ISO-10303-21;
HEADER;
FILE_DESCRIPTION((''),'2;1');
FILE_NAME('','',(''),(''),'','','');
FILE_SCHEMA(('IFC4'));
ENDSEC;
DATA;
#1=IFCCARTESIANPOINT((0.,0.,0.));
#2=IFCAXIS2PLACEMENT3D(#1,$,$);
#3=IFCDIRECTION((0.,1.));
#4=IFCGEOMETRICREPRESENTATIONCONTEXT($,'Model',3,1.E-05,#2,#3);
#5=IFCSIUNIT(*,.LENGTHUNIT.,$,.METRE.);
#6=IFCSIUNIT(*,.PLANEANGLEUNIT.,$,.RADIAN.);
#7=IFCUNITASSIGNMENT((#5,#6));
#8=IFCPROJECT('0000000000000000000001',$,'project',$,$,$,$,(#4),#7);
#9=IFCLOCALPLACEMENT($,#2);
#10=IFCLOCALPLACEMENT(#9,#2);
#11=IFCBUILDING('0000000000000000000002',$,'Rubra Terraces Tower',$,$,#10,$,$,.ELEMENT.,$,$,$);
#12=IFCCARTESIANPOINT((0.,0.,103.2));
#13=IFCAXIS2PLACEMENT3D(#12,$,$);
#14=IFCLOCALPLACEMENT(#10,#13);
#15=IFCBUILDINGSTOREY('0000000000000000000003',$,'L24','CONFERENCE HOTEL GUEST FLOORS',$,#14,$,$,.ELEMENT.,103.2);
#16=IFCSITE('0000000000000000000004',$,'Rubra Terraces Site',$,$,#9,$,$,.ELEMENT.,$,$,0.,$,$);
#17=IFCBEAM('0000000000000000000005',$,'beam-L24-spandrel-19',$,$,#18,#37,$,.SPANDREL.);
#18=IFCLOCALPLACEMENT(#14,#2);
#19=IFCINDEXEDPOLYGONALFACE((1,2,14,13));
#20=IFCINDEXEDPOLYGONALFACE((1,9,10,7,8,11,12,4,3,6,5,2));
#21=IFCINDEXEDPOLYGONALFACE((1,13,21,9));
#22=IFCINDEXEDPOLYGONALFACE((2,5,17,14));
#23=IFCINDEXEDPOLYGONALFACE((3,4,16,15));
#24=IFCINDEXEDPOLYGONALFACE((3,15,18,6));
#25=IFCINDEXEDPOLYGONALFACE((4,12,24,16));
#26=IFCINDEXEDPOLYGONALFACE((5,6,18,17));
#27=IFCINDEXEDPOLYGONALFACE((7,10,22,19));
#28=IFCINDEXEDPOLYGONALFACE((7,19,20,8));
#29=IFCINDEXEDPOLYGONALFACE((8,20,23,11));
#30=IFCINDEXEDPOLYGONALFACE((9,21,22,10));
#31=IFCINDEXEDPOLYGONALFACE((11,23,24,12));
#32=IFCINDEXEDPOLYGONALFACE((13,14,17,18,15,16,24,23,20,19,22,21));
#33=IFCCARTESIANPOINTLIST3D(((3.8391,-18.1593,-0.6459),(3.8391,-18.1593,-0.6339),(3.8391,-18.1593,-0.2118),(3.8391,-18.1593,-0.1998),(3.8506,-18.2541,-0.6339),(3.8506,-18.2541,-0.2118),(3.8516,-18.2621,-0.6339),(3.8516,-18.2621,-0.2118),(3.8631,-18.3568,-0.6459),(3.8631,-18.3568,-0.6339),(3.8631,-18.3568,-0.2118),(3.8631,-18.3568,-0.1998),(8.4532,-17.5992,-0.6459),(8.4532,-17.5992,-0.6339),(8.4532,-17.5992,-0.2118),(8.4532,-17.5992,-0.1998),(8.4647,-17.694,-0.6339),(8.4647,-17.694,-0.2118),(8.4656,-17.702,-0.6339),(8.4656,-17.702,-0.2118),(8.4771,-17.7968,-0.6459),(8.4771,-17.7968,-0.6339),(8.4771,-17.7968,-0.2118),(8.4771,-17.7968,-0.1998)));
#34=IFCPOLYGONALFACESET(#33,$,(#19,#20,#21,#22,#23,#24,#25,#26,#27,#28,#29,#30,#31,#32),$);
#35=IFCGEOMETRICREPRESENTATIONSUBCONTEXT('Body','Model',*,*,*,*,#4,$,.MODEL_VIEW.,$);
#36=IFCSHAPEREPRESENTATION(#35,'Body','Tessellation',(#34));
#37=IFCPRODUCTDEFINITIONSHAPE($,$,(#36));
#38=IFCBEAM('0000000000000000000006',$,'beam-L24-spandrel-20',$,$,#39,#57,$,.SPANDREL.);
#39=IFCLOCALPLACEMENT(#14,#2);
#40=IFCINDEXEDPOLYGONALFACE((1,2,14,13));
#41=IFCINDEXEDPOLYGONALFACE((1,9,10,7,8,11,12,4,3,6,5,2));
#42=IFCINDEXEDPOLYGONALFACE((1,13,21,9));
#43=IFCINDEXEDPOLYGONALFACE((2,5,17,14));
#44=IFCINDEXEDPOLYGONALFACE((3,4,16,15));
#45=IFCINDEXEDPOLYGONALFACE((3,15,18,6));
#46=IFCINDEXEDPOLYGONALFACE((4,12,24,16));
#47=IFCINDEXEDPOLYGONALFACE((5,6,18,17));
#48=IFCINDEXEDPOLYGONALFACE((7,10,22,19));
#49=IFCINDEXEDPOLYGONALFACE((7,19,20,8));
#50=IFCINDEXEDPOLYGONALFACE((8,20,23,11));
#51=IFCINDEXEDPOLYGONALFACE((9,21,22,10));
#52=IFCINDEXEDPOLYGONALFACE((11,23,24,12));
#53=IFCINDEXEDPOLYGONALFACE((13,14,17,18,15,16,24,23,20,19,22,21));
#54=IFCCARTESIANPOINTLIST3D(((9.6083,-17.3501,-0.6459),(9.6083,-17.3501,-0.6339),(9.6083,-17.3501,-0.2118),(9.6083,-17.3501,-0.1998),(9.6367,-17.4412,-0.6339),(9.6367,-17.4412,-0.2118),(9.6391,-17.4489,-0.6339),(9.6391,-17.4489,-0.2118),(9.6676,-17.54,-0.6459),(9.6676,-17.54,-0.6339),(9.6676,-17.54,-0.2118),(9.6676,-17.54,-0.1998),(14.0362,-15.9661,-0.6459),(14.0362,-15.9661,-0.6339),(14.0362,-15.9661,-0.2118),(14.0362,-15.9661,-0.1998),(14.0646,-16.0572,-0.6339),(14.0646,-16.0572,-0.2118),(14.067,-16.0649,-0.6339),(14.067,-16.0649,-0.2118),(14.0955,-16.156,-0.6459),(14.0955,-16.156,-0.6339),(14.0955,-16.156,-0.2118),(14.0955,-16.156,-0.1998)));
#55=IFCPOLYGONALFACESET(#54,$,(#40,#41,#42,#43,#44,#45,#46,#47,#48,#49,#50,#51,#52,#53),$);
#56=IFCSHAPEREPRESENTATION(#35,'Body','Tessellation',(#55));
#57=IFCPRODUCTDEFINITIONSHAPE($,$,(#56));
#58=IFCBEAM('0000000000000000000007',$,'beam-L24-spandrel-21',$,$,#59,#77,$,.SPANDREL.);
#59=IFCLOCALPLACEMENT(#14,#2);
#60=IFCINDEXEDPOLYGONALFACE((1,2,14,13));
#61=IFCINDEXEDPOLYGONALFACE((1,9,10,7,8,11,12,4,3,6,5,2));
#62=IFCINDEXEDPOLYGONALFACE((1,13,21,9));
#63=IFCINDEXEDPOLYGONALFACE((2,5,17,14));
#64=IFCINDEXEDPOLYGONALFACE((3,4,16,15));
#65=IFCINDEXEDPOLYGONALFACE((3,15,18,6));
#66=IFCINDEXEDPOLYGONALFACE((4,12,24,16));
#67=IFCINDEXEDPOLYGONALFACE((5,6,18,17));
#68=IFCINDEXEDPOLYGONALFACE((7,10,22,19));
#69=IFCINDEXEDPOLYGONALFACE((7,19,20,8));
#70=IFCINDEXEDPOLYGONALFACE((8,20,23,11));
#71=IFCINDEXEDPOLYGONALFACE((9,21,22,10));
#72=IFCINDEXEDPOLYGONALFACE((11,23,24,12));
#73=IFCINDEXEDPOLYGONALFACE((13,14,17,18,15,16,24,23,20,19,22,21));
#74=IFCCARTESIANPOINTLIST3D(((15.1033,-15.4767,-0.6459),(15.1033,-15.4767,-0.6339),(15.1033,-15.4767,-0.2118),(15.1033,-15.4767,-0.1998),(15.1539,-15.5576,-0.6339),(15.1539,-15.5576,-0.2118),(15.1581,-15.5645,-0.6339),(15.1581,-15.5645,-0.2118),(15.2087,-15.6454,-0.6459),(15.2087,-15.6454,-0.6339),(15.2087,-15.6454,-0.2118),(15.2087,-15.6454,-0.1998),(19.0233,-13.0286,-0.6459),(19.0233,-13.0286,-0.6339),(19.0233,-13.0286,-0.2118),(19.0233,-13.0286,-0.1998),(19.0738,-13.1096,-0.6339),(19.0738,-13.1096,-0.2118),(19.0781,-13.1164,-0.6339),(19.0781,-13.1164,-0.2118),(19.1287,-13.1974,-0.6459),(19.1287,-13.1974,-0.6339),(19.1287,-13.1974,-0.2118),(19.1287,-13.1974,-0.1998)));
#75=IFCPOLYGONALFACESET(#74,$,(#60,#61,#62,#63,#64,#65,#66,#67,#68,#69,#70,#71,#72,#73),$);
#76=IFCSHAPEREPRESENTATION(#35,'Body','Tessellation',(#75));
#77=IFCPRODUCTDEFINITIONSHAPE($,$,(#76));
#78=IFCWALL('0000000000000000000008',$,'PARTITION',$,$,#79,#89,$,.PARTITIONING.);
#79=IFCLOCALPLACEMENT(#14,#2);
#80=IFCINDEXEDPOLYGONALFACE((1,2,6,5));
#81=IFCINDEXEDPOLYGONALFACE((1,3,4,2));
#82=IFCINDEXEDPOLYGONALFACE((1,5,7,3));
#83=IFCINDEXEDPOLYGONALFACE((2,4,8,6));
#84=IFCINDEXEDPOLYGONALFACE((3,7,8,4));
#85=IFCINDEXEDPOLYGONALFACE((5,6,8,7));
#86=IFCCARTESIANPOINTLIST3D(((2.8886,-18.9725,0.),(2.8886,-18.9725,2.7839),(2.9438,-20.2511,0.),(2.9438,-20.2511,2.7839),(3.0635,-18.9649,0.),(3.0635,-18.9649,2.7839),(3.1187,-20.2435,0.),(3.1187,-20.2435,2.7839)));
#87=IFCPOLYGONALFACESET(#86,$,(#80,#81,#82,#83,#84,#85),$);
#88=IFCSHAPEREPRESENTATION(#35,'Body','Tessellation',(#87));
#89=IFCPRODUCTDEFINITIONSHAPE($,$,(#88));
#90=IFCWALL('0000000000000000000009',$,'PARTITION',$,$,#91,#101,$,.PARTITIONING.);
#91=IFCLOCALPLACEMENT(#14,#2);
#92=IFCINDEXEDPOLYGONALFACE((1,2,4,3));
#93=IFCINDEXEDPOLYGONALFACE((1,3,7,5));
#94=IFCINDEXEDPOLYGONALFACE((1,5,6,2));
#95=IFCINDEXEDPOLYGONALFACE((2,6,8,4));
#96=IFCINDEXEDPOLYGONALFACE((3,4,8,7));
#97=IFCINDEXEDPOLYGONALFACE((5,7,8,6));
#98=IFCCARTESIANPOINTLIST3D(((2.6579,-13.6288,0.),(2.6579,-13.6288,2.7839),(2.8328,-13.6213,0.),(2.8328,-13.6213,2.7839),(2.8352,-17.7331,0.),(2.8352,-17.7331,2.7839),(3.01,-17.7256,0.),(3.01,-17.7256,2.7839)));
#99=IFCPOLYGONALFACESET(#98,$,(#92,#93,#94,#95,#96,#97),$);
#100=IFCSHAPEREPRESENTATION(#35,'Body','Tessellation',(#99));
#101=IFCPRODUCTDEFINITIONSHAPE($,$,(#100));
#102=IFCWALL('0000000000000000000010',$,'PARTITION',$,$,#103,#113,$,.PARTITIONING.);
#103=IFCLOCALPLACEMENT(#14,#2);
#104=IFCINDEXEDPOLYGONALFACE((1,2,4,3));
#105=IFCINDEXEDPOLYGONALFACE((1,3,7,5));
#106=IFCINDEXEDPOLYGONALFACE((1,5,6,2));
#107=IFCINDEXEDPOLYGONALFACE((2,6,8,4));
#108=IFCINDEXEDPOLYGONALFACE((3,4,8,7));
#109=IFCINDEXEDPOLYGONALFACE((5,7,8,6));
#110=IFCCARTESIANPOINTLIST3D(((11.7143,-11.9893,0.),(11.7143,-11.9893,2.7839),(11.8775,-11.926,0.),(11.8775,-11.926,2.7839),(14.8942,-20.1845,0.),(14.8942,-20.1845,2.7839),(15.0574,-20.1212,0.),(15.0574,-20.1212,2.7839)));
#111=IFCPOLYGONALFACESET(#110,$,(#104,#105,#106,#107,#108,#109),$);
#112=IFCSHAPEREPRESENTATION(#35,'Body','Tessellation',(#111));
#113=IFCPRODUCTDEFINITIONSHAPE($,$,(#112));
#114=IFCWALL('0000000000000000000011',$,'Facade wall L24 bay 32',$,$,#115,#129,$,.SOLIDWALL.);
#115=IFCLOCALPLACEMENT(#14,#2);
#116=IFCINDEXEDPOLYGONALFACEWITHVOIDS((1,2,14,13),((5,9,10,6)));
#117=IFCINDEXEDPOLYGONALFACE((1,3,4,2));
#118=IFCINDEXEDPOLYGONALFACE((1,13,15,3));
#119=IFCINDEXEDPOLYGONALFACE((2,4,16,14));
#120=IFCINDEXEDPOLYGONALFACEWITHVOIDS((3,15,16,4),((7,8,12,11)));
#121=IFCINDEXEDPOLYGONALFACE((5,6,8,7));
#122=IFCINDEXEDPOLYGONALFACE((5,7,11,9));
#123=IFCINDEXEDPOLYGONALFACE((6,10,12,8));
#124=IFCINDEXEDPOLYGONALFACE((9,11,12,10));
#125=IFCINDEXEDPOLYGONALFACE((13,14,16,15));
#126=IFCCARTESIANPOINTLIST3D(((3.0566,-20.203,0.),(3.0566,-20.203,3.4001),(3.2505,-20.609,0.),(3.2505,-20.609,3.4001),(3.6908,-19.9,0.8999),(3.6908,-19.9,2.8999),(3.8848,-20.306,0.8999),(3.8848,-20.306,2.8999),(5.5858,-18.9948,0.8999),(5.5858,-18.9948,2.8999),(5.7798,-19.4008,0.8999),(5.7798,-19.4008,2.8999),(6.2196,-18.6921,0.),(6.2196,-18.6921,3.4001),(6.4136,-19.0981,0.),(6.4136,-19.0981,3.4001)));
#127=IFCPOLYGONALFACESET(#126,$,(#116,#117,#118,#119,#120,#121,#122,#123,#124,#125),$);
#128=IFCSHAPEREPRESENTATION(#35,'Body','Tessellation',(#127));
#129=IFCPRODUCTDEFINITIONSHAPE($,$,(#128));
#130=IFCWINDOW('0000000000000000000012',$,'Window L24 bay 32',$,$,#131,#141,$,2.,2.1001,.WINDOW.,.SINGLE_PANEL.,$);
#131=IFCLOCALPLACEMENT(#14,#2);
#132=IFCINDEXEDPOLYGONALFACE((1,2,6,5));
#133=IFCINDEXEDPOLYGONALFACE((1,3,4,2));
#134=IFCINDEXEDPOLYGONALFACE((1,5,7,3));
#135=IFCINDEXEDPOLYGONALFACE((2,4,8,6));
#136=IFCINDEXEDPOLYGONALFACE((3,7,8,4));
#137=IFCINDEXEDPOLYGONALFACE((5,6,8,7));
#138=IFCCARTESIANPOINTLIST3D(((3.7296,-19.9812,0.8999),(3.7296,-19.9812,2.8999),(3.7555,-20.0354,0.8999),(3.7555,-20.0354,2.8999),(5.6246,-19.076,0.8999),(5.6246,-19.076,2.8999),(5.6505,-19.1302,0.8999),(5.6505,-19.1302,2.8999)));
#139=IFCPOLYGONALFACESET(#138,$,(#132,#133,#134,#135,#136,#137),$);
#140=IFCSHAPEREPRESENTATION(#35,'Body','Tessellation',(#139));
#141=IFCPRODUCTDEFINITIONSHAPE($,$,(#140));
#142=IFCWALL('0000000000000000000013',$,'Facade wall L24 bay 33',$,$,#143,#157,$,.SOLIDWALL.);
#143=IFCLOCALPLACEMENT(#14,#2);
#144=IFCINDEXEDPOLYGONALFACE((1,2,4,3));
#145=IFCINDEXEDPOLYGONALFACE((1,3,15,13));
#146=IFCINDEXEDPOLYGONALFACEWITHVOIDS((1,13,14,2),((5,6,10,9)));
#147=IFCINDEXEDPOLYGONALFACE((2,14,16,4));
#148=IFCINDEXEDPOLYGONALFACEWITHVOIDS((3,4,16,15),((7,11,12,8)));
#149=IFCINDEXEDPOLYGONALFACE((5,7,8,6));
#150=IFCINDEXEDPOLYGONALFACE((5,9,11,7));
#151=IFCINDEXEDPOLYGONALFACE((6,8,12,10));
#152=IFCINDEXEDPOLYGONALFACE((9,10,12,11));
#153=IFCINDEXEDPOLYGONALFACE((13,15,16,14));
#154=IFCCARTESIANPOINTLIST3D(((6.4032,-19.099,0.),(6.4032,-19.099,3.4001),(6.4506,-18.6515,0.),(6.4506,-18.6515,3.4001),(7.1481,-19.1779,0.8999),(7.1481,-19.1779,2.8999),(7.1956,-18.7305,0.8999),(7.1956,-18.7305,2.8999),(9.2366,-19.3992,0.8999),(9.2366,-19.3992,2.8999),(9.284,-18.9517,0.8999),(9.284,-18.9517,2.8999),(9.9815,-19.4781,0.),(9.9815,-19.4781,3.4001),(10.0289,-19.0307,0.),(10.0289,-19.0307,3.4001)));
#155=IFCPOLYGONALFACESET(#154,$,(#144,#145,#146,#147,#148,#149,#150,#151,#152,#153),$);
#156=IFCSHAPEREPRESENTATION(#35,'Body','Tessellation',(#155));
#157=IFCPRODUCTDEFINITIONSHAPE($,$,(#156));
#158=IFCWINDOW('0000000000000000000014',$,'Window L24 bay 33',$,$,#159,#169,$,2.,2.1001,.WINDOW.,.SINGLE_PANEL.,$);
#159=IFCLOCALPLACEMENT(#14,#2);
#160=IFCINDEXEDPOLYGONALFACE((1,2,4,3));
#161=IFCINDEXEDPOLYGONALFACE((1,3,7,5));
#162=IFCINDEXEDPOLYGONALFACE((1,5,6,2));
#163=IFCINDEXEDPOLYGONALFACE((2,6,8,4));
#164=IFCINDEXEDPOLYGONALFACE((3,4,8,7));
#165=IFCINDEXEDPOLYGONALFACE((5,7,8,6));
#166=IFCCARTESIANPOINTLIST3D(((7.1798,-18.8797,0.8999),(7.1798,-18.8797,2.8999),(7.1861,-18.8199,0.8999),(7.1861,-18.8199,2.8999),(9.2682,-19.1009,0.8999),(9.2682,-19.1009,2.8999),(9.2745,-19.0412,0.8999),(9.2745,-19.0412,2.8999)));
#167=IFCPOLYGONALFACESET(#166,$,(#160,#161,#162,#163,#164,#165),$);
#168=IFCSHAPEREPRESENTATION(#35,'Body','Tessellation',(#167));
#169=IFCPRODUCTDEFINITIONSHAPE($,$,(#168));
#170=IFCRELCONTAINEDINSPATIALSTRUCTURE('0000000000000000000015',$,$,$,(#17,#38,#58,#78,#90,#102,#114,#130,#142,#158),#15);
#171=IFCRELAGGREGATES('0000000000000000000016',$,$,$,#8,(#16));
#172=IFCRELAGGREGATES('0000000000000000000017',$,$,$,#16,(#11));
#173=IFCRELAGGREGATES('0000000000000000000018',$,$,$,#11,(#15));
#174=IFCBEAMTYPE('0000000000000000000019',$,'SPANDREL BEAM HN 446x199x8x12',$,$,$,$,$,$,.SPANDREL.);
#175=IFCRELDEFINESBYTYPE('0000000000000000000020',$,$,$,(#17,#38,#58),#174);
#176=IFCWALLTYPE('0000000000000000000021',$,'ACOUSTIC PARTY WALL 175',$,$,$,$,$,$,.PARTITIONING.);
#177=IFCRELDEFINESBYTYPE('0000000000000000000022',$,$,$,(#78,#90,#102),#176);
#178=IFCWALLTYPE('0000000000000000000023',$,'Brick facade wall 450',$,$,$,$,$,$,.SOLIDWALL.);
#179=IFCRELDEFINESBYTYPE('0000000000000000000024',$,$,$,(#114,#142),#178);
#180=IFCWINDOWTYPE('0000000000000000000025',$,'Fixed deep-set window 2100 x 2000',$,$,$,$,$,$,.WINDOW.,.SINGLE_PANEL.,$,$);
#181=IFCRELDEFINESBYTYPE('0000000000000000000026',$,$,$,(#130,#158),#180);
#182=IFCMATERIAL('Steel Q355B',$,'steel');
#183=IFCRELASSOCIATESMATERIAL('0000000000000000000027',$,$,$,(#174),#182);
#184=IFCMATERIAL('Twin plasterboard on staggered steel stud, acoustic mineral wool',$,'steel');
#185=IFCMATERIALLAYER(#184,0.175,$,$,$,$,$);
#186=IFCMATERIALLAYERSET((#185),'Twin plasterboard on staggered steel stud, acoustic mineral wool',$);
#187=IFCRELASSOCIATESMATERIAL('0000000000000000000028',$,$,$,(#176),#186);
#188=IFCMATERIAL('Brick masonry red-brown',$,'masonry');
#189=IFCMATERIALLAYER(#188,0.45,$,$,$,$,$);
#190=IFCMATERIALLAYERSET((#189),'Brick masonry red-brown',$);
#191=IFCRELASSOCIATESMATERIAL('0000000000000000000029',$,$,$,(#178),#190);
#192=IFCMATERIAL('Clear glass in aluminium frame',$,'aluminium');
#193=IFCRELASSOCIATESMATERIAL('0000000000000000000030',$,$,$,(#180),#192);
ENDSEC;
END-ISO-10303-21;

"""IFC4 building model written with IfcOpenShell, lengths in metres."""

from ifc_helpers import new_model, si_unit, direction, frame, frame_2d, origin, origin_2d, place, context, subcontext, project, spatial, rectangle, i_section, extrude, material, layer, layer_set, material_profile, profile_set, type_object, element, fill, save


model = new_model("IFC4")

# Units and contexts
model_context = context("Model", 3, precision=1e-05, world=origin(), true_north=direction((0.0, 1.0)))
body_context = subcontext(model_context, "Body", "Model", "MODEL_VIEW")
ifc_project = project(units=[si_unit("LENGTHUNIT", "METRE"), si_unit("PLANEANGLEUNIT", "RADIAN")], contexts=[model_context])

# Site, building, storey
site_placement = place(None, origin())
site = spatial("IfcSite", under=ifc_project, at=site_placement, Name="Rubra Terraces Site", CompositionType="ELEMENT", RefElevation=0.0)
building_placement = place(site_placement, origin())
building = spatial("IfcBuilding", under=site, at=building_placement, Name="Rubra Terraces Tower", CompositionType="ELEMENT")
storey_placement = place(building_placement, frame((0.0, 0.0, 103.2)))
storey = spatial("IfcBuildingStorey", under=building, at=storey_placement, Name="L24", Description="CONFERENCE HOTEL GUEST FLOORS", CompositionType="ELEMENT", Elevation=103.2)

# Beams
ifc_material_1 = material(Name="Steel Q355B", Category="steel")
ifc_material_profile_1 = material_profile(ifc_material_1, i_section(OverallWidth=0.199, OverallDepth=0.446, WebThickness=0.0081, FlangeThickness=0.012, at=origin_2d()), Name="HN 446x199x8x12")
ifc_profile_set_1 = profile_set([ifc_material_profile_1], Name="Steel Q355B")
beam_type_1 = type_object("IfcBeamType", Name="SPANDREL BEAM HN 446x199x8x12", PredefinedType="SPANDREL", material=ifc_profile_set_1)
beam_1_placement = place(storey_placement, frame((3.8511, -18.2581, -0.4229), z_axis=(0.992714, 0.120498, 0.0), x_axis=(-0.120498, 0.992714, 0.0)))
element("IfcBeam", 1, at=beam_1_placement, inside=storey, type_object=beam_type_1, Name="beam-L24-spandrel-19", PredefinedType="SPANDREL", context=body_context, shape_type="SweptSolid", body=[
    extrude(i_section(OverallWidth=0.199, OverallDepth=0.446, WebThickness=0.0081, FlangeThickness=0.012, at=origin_2d()), origin(), (0.0, 0.0, 1.0), 4.6479),
])
beam_2_placement = place(storey_placement, frame((9.6379, -17.4451, -0.4229), z_axis=(0.954462, 0.298332, 0.0), x_axis=(-0.298332, 0.954462, 0.0)))
element("IfcBeam", 2, at=beam_2_placement, inside=storey, type_object=beam_type_1, Name="beam-L24-spandrel-20", PredefinedType="SPANDREL", context=body_context, shape_type="SweptSolid", body=[
    extrude(i_section(OverallWidth=0.199, OverallDepth=0.446, WebThickness=0.0081, FlangeThickness=0.012, at=origin_2d()), origin(), (0.0, 0.0, 1.0), 4.6392),
])
beam_3_placement = place(storey_placement, frame((15.156, -15.561, -0.4229), z_axis=(0.848188, 0.529695, 0.0), x_axis=(-0.529695, 0.848188, 0.0)))
element("IfcBeam", 3, at=beam_3_placement, inside=storey, type_object=beam_type_1, Name="beam-L24-spandrel-21", PredefinedType="SPANDREL", context=body_context, shape_type="SweptSolid", body=[
    extrude(i_section(OverallWidth=0.199, OverallDepth=0.446, WebThickness=0.0081, FlangeThickness=0.012, at=origin_2d()), origin(), (0.0, 0.0, 1.0), 4.6216),
])

# Walls
ifc_material_2 = material(Name="Twin plasterboard on staggered steel stud, acoustic mineral wool", Category="steel")
ifc_layer_1 = layer(ifc_material_2, 0.175)
ifc_layer_set_1 = layer_set([ifc_layer_1], Name="Twin plasterboard on staggered steel stud, acoustic mineral wool")
wall_type_1 = type_object("IfcWallType", Name="ACOUSTIC PARTY WALL 175", PredefinedType="PARTITIONING", material=ifc_layer_set_1)
wall_1_placement = place(storey_placement, frame((3.0312, -20.2473, 0.0), z_axis=(0.0, 0.0, 1.0), x_axis=(-0.043114, 0.99907, 0.0)))
element("IfcWall", 4, at=wall_1_placement, inside=storey, type_object=wall_type_1, Name="PARTITION", PredefinedType="PARTITIONING", context=body_context, shape_type="SweptSolid", body=[
    extrude(rectangle(XDim=1.2798, YDim=0.175, at=frame_2d((0.6399, 0.0))), origin(), (0.0, 0.0, 1.0), 2.7839),
])
wall_2_placement = place(storey_placement, frame((2.9226, -17.7295, 0.0), z_axis=(0.0, 0.0, 1.0), x_axis=(-0.043146, 0.999069, 0.0)))
element("IfcWall", 5, at=wall_2_placement, inside=storey, type_object=wall_type_1, Name="PARTITION", PredefinedType="PARTITIONING", context=body_context, shape_type="SweptSolid", body=[
    extrude(rectangle(XDim=4.1082, YDim=0.175, at=frame_2d((2.0542, 0.0))), origin(), (0.0, 0.0, 1.0), 2.7839),
])
wall_3_placement = place(storey_placement, frame((14.9758, -20.1528, 0.0), z_axis=(0.0, 0.0, 1.0), x_axis=(-0.361741, 0.932279, 0.0)))
element("IfcWall", 6, at=wall_3_placement, inside=storey, type_object=wall_type_1, Name="PARTITION", PredefinedType="PARTITIONING", context=body_context, shape_type="SweptSolid", body=[
    extrude(rectangle(XDim=8.7905, YDim=0.175, at=frame_2d((4.3953, 0.0))), origin(), (0.0, 0.0, 1.0), 2.7839),
])

# Walls, openings, windows
ifc_material_3 = material(Name="Brick masonry red-brown", Category="masonry")
ifc_layer_2 = layer(ifc_material_3, 0.45)
ifc_layer_set_2 = layer_set([ifc_layer_2], Name="Brick masonry red-brown")
wall_type_2 = type_object("IfcWallType", Name="Brick facade wall 450", PredefinedType="SOLIDWALL", material=ifc_layer_set_2)
wall_4_placement = place(storey_placement, frame((3.1536, -20.406, 0.0), z_axis=(0.0, 0.0, 1.0), x_axis=(0.902333, 0.431039, 0.0)))
wall_4 = element("IfcWall", 7, at=wall_4_placement, inside=storey, type_object=wall_type_2, Name="Facade wall L24 bay 32", PredefinedType="SOLIDWALL", context=body_context, shape_type="SweptSolid", body=[
    extrude(rectangle(XDim=3.5054, YDim=0.45, at=frame_2d((1.7527, 0.0))), origin(), (0.0, 0.0, 1.0), 3.4001),
])
opening_1_placement = place(wall_4_placement, frame((0.7029, 0.0, 0.8999)))
opening_1 = element("IfcOpeningElement", 8, at=opening_1_placement, cuts=wall_4, PredefinedType="OPENING", context=body_context, shape_type="SweptSolid", body=[
    extrude(rectangle(XDim=2.1001, YDim=2.0, at=frame_2d((1.05, 1.0))), frame((0.0, 0.2349, 0.0), z_axis=(0.0, -1.0, 0.0), x_axis=(1.0, 0.0, 0.0)), (0.0, 0.0, 1.0), 0.47),
])
ifc_material_4 = material(Name="Clear glass in aluminium frame", Category="aluminium")
window_type = type_object("IfcWindowType", Name="Fixed deep-set window 2100 x 2000", PartitioningType="SINGLE_PANEL", PredefinedType="WINDOW", material=ifc_material_4)
window_1_placement = place(opening_1_placement, origin())
window_1 = element("IfcWindow", 9, at=window_1_placement, inside=storey, type_object=window_type, Name="Window L24 bay 32", OverallHeight=2.0, OverallWidth=2.1001, PartitioningType="SINGLE_PANEL", PredefinedType="WINDOW", context=body_context, shape_type="SweptSolid", body=[
    extrude(rectangle(XDim=2.1001, YDim=2.0, at=frame_2d((1.05, 1.0))), frame((0.0, 0.135, 0.0), z_axis=(0.0, -1.0, 0.0), x_axis=(1.0, 0.0, 0.0)), (0.0, 0.0, 1.0), 0.0601),
])
fill(opening_1, window_1)
wall_5_placement = place(storey_placement, frame((6.4268, -18.8752, 0.0), z_axis=(0.0, 0.0, 1.0), x_axis=(0.994433, -0.105366, 0.0)))
wall_5 = element("IfcWall", 10, at=wall_5_placement, inside=storey, type_object=wall_type_2, Name="Facade wall L24 bay 33", PredefinedType="SOLIDWALL", context=body_context, shape_type="SweptSolid", body=[
    extrude(rectangle(XDim=3.5984, YDim=0.45, at=frame_2d((1.7993, 0.0))), origin(), (0.0, 0.0, 1.0), 3.4001),
])
opening_2_placement = place(wall_5_placement, frame((0.7493, 0.0, 0.8999)))
opening_2 = element("IfcOpeningElement", 11, at=opening_2_placement, cuts=wall_5, PredefinedType="OPENING", context=body_context, shape_type="SweptSolid", body=[
    extrude(rectangle(XDim=2.1001, YDim=2.0, at=frame_2d((1.05, 1.0))), frame((0.0, 0.2349, 0.0), z_axis=(0.0, -1.0, 0.0), x_axis=(1.0, 0.0, 0.0)), (0.0, 0.0, 1.0), 0.47),
])
window_2_placement = place(opening_2_placement, origin())
window_2 = element("IfcWindow", 12, at=window_2_placement, inside=storey, type_object=window_type, Name="Window L24 bay 33", OverallHeight=2.0, OverallWidth=2.1001, PartitioningType="SINGLE_PANEL", PredefinedType="WINDOW", context=body_context, shape_type="SweptSolid", body=[
    extrude(rectangle(XDim=2.1001, YDim=2.0, at=frame_2d((1.05, 1.0))), frame((0.0, 0.135, 0.0), z_axis=(0.0, -1.0, 0.0), x_axis=(1.0, 0.0, 0.0)), (0.0, 0.0, 1.0), 0.0601),
])
fill(opening_2, window_2)

save(model, "model.ifc")
